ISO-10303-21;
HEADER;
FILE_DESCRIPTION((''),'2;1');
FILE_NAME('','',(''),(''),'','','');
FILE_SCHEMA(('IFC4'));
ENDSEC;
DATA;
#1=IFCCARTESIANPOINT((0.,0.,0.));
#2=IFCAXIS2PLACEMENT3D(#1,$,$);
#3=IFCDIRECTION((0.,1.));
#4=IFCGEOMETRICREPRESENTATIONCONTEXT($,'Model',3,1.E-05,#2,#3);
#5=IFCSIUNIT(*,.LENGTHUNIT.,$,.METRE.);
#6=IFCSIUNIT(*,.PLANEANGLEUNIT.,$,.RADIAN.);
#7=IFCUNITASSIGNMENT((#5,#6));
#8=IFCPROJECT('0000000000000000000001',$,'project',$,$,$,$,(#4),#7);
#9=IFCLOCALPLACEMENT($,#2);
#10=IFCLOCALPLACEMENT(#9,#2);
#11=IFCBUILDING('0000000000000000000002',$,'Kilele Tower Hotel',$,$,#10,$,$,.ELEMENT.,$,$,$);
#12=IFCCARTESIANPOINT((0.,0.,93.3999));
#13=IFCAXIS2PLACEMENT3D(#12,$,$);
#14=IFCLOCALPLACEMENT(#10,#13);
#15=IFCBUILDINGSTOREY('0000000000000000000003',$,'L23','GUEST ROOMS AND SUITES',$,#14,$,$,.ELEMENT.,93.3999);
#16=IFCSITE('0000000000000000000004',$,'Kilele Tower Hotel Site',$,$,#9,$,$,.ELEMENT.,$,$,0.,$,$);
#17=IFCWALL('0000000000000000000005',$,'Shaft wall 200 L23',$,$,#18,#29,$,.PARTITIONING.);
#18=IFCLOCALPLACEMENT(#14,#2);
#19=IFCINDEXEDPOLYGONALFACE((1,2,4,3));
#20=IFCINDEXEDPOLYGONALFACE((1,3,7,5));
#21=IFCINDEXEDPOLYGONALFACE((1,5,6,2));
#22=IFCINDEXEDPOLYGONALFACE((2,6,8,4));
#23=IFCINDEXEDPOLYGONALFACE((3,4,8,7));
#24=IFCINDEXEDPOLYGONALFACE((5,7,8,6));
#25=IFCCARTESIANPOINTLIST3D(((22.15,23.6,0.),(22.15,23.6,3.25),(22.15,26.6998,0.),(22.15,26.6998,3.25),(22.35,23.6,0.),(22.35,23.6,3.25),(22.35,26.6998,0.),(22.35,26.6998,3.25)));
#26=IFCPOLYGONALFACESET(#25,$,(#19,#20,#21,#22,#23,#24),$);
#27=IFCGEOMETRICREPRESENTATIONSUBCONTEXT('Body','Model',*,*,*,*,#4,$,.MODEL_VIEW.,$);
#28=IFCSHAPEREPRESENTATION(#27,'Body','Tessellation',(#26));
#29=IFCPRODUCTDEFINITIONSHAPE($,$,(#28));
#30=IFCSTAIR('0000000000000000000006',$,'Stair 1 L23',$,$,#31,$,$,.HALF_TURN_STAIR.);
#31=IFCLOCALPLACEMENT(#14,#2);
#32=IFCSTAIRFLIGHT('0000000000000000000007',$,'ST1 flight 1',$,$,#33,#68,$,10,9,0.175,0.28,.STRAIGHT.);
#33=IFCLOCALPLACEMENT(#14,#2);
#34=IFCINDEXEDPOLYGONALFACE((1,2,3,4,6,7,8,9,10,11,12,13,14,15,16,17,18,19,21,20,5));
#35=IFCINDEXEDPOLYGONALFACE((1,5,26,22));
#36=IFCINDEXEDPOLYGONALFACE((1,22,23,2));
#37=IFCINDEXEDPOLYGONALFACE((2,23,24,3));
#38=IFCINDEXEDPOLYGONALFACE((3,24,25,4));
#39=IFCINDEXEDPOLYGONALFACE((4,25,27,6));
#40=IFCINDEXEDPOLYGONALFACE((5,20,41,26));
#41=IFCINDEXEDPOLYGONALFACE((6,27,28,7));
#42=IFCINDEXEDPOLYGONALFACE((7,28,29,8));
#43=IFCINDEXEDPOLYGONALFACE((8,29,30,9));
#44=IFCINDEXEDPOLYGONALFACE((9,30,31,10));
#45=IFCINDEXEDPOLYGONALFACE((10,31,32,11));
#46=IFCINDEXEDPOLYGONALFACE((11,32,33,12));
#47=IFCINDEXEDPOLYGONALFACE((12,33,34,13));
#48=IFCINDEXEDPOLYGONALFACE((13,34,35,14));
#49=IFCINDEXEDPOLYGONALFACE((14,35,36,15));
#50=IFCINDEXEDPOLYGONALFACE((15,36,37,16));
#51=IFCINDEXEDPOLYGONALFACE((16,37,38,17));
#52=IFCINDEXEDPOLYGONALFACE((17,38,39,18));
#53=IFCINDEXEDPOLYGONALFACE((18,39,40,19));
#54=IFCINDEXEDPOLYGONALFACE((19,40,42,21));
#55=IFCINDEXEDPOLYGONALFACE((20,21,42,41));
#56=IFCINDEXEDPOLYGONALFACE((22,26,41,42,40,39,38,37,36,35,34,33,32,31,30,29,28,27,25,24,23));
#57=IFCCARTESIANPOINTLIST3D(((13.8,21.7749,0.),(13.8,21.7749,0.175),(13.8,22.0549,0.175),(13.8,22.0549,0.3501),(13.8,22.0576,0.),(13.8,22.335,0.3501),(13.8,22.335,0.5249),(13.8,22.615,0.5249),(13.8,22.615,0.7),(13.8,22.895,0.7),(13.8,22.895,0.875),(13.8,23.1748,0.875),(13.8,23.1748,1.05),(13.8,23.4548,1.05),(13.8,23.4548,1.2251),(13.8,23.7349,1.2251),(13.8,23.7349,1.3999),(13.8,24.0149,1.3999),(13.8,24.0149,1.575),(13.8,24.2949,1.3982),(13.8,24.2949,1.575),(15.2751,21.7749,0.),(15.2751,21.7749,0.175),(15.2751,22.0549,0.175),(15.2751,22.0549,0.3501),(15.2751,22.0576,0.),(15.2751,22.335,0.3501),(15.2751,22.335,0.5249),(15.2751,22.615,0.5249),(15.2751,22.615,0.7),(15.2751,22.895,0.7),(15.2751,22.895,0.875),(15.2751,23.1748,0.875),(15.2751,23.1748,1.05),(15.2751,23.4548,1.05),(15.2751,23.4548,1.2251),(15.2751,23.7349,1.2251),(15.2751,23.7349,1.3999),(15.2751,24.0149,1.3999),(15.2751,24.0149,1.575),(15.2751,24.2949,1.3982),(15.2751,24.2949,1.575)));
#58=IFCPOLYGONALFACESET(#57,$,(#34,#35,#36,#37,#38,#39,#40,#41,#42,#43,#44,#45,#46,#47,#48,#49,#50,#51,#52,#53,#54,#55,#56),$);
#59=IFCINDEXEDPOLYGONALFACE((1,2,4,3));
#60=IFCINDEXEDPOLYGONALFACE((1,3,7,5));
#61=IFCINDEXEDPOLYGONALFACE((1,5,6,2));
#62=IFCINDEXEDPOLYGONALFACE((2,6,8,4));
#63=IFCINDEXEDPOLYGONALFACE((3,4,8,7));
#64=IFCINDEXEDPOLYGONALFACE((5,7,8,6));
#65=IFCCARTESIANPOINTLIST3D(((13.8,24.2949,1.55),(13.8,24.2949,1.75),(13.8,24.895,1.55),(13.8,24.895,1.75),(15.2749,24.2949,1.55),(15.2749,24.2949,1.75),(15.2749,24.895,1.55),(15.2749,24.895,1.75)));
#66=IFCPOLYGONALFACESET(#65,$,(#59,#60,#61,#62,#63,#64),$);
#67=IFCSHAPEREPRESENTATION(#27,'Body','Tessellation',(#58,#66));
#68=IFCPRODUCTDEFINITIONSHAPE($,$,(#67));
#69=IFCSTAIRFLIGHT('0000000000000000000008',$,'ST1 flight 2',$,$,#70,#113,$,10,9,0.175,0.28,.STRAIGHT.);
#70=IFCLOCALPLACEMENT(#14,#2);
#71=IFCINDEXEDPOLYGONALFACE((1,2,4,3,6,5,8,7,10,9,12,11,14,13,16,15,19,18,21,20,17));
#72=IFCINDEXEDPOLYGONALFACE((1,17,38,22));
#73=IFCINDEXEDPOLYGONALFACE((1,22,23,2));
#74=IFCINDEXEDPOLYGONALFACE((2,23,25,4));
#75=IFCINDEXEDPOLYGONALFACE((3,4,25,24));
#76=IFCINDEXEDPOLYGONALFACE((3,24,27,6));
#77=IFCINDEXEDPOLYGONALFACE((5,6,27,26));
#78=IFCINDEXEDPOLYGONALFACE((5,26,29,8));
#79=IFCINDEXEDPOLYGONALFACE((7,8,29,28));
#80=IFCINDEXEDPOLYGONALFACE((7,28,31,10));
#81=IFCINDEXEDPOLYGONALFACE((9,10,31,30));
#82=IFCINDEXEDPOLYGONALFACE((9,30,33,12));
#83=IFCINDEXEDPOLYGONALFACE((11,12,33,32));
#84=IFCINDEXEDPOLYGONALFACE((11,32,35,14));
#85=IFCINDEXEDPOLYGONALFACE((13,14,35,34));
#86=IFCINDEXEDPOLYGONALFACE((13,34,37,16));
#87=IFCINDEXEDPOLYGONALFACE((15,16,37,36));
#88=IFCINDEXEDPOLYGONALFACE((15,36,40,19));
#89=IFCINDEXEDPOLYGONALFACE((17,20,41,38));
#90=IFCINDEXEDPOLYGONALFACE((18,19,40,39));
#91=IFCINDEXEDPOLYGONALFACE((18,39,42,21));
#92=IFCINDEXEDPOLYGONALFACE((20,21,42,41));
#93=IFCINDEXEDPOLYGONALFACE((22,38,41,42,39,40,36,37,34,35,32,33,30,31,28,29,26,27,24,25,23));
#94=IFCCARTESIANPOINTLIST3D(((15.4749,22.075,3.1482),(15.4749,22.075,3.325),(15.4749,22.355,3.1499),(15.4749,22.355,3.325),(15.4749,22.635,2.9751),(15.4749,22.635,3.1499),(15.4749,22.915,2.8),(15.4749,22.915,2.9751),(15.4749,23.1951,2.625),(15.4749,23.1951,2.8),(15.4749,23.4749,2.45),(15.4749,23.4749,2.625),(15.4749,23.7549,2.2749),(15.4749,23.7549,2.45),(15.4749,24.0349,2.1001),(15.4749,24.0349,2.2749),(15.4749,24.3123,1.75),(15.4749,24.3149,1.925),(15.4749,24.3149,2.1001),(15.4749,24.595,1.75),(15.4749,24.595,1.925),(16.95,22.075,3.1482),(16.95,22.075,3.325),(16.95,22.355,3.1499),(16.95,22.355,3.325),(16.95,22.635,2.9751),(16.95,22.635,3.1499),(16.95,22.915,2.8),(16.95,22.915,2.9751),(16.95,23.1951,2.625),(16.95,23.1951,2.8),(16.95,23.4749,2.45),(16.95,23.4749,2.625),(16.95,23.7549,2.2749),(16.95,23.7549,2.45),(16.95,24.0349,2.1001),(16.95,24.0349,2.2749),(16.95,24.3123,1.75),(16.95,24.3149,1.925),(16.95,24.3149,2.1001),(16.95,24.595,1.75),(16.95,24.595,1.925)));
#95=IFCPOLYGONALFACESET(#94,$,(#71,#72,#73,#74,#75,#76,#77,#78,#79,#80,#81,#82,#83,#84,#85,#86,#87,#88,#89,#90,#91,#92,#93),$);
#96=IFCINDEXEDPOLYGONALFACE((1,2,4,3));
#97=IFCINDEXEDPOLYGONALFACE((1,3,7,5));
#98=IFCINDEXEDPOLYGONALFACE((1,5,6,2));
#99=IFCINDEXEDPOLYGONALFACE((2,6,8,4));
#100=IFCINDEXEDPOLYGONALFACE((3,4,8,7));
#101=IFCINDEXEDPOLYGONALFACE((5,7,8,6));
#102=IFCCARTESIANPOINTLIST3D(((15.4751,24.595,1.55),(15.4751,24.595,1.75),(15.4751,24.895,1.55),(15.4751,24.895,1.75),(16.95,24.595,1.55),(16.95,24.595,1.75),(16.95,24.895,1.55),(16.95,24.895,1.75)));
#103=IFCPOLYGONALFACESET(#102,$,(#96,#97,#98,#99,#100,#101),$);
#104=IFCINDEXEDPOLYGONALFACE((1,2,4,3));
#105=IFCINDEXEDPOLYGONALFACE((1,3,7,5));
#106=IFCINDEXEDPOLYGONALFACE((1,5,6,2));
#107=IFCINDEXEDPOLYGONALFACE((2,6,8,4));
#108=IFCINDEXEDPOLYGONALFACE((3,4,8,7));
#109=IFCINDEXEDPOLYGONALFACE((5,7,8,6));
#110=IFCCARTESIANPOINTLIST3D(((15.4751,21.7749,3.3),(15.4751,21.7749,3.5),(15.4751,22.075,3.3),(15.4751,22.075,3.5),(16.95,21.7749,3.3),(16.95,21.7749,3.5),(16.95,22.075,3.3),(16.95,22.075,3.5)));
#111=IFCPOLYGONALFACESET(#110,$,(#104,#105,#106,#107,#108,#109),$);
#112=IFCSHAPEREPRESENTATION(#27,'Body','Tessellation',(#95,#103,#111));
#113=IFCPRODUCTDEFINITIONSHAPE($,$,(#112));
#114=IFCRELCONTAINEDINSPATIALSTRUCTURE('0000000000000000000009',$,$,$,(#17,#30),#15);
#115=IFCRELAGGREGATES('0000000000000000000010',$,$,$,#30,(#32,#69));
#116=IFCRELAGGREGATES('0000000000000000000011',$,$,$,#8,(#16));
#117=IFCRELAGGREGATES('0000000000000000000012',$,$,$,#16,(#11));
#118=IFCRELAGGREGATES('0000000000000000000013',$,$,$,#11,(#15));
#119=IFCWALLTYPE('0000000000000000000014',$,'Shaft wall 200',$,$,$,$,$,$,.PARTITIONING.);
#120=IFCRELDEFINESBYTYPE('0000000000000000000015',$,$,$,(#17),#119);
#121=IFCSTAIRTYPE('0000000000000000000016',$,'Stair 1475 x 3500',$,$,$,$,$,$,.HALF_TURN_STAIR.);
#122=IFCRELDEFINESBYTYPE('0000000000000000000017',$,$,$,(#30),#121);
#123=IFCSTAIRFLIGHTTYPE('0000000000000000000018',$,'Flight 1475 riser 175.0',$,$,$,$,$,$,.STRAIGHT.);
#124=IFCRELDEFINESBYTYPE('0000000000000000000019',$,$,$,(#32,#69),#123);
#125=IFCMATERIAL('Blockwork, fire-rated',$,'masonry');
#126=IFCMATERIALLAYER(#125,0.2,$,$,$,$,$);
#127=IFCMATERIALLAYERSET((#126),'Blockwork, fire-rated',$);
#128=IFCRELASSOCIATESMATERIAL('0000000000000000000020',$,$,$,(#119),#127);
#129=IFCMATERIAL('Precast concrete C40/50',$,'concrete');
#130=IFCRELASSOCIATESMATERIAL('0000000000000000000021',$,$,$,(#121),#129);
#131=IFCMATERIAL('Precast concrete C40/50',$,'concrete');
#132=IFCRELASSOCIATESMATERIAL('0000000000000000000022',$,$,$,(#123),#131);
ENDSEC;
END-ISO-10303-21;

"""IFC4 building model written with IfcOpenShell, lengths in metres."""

from ifc_helpers import new_model, si_unit, direction, frame, frame_2d, origin, place, context, subcontext, project, spatial, polyline, rectangle, outline, extrude, material, layer, layer_set, type_object, element, aggregate, save


model = new_model("IFC4")

# Units and contexts
model_context = context("Model", 3, precision=1e-05, world=origin(), true_north=direction((0.0, 1.0)))
body_context = subcontext(model_context, "Body", "Model", "MODEL_VIEW")
ifc_project = project(units=[si_unit("LENGTHUNIT", "METRE"), si_unit("PLANEANGLEUNIT", "RADIAN")], contexts=[model_context])

# Site, building, storey
site_placement = place(None, origin())
site = spatial("IfcSite", under=ifc_project, at=site_placement, Name="Kilele Tower Hotel Site", CompositionType="ELEMENT", RefElevation=0.0)
building_placement = place(site_placement, origin())
building = spatial("IfcBuilding", under=site, at=building_placement, Name="Kilele Tower Hotel", CompositionType="ELEMENT")
storey_placement = place(building_placement, frame((0.0, 0.0, 93.3999)))
storey = spatial("IfcBuildingStorey", under=building, at=storey_placement, Name="L23", Description="GUEST ROOMS AND SUITES", CompositionType="ELEMENT", Elevation=93.3999)

# Shared definitions
ifc_material_1 = material(Name="Blockwork, fire-rated", Category="masonry")
ifc_layer_1 = layer(ifc_material_1, 0.2)
ifc_layer_set_1 = layer_set([ifc_layer_1], Name="Blockwork, fire-rated")
wall_type_1 = type_object("IfcWallType", Name="Shaft wall 200", PredefinedType="PARTITIONING", material=ifc_layer_set_1)

# Wall
wall_1_placement = place(storey_placement, frame((22.25, 23.6001, 0.0), z_axis=(0.0, 0.0, 1.0), x_axis=(0.0, 1.0, 0.0)))
element("IfcWall", 1, at=wall_1_placement, inside=storey, type_object=wall_type_1, Name="Shaft wall 200 L23", PredefinedType="PARTITIONING", context=body_context, shape_type="SweptSolid", body=[
    extrude(rectangle(XDim=3.0999, YDim=0.2, at=frame_2d((1.5498, 0.0))), origin(), (0.0, 0.0, 1.0), 3.25),
])

# Stair, stair flights
ifc_material_2 = material(Name="Precast concrete C40/50", Category="concrete")
stair_type = type_object("IfcStairType", Name="Stair 1475 x 3500", PredefinedType="HALF_TURN_STAIR", material=ifc_material_2)
stair_placement = place(storey_placement, origin())
stair = element("IfcStair", 2, at=stair_placement, inside=storey, type_object=stair_type, Name="Stair 1 L23", PredefinedType="HALF_TURN_STAIR")
ifc_material_3 = material(Name="Precast concrete C40/50", Category="concrete")
stair_flight_type = type_object("IfcStairFlightType", Name="Flight 1475 riser 175.0", PredefinedType="STRAIGHT", material=ifc_material_3)
stair_flight_1_placement = place(storey_placement, frame((14.5376, 21.7749, 0.0), z_axis=(0.0, 0.0, 1.0), x_axis=(0.0, 1.0, 0.0)))
stair_flight_1 = element("IfcStairFlight", 3, at=stair_flight_1_placement, type_object=stair_flight_type, Name="ST1 flight 1", NumberOfRisers=10, NumberOfTreads=9, PredefinedType="STRAIGHT", RiserHeight=0.175, TreadLength=0.28, context=body_context, shape_type="SweptSolid", body=[
    extrude(outline(polyline([(0.0, 0.0), (0.0, 0.175), (0.28, 0.175), (0.28, 0.3501), (0.5601, 0.3501), (0.5601, 0.5249), (0.8401, 0.5249), (0.8401, 0.7), (1.1201, 0.7), (1.1201, 0.875), (1.3999, 0.875), (1.3999, 1.05), (1.6799, 1.05), (1.6799, 1.2251), (1.96, 1.2251), (1.96, 1.3999), (2.24, 1.3999), (2.24, 1.575), (2.52, 1.575), (2.52, 1.75), (2.52, 1.3982), (0.2827, 0.0), (0.0, 0.0)])), frame((0.0, 0.7375, 0.0), z_axis=(0.0, -1.0, 0.0), x_axis=(1.0, 0.0, 0.0)), (0.0, 0.0, 1.0), 1.4751),
    extrude(outline(polyline([(2.52, 0.7375), (2.52, -0.7373), (3.1201, -0.7373), (3.1201, 0.7375), (2.52, 0.7375)])), frame((0.0, 0.0, 1.55)), (0.0, 0.0, 1.0), 0.2),
])
stair_flight_2_placement = place(storey_placement, frame((16.2124, 24.595, 1.75), z_axis=(0.0, 0.0, 1.0), x_axis=(0.0, -1.0, 0.0)))
stair_flight_2 = element("IfcStairFlight", 4, at=stair_flight_2_placement, type_object=stair_flight_type, Name="ST1 flight 2", NumberOfRisers=10, NumberOfTreads=9, PredefinedType="STRAIGHT", RiserHeight=0.175, TreadLength=0.28, context=body_context, shape_type="SweptSolid", body=[
    extrude(outline(polyline([(0.0, 0.0), (0.0, 0.175), (0.28, 0.175), (0.28, 0.3501), (0.5601, 0.3501), (0.5601, 0.5249), (0.8401, 0.5249), (0.8401, 0.7), (1.1201, 0.7), (1.1201, 0.875), (1.3999, 0.875), (1.3999, 1.05), (1.6799, 1.05), (1.6799, 1.2251), (1.96, 1.2251), (1.96, 1.3999), (2.24, 1.3999), (2.24, 1.575), (2.52, 1.575), (2.52, 1.75), (2.52, 1.3982), (0.2827, 0.0), (0.0, 0.0)])), frame((0.0, 0.7375, 0.0), z_axis=(0.0, -1.0, 0.0), x_axis=(1.0, 0.0, 0.0)), (0.0, 0.0, 1.0), 1.4751),
    extrude(outline(polyline([(0.0, -0.7373), (0.0, 0.7375), (-0.3, 0.7375), (-0.3, -0.7373), (0.0, -0.7373)])), frame((0.0, 0.0, -0.2)), (0.0, 0.0, 1.0), 0.2),
    extrude(outline(polyline([(2.8201, -0.7373), (2.8201, 0.7375), (2.52, 0.7375), (2.52, -0.7373), (2.8201, -0.7373)])), frame((0.0, 0.0, 1.55)), (0.0, 0.0, 1.0), 0.2),
])
aggregate(stair, [stair_flight_1, stair_flight_2])

save(model, "model.ifc")
